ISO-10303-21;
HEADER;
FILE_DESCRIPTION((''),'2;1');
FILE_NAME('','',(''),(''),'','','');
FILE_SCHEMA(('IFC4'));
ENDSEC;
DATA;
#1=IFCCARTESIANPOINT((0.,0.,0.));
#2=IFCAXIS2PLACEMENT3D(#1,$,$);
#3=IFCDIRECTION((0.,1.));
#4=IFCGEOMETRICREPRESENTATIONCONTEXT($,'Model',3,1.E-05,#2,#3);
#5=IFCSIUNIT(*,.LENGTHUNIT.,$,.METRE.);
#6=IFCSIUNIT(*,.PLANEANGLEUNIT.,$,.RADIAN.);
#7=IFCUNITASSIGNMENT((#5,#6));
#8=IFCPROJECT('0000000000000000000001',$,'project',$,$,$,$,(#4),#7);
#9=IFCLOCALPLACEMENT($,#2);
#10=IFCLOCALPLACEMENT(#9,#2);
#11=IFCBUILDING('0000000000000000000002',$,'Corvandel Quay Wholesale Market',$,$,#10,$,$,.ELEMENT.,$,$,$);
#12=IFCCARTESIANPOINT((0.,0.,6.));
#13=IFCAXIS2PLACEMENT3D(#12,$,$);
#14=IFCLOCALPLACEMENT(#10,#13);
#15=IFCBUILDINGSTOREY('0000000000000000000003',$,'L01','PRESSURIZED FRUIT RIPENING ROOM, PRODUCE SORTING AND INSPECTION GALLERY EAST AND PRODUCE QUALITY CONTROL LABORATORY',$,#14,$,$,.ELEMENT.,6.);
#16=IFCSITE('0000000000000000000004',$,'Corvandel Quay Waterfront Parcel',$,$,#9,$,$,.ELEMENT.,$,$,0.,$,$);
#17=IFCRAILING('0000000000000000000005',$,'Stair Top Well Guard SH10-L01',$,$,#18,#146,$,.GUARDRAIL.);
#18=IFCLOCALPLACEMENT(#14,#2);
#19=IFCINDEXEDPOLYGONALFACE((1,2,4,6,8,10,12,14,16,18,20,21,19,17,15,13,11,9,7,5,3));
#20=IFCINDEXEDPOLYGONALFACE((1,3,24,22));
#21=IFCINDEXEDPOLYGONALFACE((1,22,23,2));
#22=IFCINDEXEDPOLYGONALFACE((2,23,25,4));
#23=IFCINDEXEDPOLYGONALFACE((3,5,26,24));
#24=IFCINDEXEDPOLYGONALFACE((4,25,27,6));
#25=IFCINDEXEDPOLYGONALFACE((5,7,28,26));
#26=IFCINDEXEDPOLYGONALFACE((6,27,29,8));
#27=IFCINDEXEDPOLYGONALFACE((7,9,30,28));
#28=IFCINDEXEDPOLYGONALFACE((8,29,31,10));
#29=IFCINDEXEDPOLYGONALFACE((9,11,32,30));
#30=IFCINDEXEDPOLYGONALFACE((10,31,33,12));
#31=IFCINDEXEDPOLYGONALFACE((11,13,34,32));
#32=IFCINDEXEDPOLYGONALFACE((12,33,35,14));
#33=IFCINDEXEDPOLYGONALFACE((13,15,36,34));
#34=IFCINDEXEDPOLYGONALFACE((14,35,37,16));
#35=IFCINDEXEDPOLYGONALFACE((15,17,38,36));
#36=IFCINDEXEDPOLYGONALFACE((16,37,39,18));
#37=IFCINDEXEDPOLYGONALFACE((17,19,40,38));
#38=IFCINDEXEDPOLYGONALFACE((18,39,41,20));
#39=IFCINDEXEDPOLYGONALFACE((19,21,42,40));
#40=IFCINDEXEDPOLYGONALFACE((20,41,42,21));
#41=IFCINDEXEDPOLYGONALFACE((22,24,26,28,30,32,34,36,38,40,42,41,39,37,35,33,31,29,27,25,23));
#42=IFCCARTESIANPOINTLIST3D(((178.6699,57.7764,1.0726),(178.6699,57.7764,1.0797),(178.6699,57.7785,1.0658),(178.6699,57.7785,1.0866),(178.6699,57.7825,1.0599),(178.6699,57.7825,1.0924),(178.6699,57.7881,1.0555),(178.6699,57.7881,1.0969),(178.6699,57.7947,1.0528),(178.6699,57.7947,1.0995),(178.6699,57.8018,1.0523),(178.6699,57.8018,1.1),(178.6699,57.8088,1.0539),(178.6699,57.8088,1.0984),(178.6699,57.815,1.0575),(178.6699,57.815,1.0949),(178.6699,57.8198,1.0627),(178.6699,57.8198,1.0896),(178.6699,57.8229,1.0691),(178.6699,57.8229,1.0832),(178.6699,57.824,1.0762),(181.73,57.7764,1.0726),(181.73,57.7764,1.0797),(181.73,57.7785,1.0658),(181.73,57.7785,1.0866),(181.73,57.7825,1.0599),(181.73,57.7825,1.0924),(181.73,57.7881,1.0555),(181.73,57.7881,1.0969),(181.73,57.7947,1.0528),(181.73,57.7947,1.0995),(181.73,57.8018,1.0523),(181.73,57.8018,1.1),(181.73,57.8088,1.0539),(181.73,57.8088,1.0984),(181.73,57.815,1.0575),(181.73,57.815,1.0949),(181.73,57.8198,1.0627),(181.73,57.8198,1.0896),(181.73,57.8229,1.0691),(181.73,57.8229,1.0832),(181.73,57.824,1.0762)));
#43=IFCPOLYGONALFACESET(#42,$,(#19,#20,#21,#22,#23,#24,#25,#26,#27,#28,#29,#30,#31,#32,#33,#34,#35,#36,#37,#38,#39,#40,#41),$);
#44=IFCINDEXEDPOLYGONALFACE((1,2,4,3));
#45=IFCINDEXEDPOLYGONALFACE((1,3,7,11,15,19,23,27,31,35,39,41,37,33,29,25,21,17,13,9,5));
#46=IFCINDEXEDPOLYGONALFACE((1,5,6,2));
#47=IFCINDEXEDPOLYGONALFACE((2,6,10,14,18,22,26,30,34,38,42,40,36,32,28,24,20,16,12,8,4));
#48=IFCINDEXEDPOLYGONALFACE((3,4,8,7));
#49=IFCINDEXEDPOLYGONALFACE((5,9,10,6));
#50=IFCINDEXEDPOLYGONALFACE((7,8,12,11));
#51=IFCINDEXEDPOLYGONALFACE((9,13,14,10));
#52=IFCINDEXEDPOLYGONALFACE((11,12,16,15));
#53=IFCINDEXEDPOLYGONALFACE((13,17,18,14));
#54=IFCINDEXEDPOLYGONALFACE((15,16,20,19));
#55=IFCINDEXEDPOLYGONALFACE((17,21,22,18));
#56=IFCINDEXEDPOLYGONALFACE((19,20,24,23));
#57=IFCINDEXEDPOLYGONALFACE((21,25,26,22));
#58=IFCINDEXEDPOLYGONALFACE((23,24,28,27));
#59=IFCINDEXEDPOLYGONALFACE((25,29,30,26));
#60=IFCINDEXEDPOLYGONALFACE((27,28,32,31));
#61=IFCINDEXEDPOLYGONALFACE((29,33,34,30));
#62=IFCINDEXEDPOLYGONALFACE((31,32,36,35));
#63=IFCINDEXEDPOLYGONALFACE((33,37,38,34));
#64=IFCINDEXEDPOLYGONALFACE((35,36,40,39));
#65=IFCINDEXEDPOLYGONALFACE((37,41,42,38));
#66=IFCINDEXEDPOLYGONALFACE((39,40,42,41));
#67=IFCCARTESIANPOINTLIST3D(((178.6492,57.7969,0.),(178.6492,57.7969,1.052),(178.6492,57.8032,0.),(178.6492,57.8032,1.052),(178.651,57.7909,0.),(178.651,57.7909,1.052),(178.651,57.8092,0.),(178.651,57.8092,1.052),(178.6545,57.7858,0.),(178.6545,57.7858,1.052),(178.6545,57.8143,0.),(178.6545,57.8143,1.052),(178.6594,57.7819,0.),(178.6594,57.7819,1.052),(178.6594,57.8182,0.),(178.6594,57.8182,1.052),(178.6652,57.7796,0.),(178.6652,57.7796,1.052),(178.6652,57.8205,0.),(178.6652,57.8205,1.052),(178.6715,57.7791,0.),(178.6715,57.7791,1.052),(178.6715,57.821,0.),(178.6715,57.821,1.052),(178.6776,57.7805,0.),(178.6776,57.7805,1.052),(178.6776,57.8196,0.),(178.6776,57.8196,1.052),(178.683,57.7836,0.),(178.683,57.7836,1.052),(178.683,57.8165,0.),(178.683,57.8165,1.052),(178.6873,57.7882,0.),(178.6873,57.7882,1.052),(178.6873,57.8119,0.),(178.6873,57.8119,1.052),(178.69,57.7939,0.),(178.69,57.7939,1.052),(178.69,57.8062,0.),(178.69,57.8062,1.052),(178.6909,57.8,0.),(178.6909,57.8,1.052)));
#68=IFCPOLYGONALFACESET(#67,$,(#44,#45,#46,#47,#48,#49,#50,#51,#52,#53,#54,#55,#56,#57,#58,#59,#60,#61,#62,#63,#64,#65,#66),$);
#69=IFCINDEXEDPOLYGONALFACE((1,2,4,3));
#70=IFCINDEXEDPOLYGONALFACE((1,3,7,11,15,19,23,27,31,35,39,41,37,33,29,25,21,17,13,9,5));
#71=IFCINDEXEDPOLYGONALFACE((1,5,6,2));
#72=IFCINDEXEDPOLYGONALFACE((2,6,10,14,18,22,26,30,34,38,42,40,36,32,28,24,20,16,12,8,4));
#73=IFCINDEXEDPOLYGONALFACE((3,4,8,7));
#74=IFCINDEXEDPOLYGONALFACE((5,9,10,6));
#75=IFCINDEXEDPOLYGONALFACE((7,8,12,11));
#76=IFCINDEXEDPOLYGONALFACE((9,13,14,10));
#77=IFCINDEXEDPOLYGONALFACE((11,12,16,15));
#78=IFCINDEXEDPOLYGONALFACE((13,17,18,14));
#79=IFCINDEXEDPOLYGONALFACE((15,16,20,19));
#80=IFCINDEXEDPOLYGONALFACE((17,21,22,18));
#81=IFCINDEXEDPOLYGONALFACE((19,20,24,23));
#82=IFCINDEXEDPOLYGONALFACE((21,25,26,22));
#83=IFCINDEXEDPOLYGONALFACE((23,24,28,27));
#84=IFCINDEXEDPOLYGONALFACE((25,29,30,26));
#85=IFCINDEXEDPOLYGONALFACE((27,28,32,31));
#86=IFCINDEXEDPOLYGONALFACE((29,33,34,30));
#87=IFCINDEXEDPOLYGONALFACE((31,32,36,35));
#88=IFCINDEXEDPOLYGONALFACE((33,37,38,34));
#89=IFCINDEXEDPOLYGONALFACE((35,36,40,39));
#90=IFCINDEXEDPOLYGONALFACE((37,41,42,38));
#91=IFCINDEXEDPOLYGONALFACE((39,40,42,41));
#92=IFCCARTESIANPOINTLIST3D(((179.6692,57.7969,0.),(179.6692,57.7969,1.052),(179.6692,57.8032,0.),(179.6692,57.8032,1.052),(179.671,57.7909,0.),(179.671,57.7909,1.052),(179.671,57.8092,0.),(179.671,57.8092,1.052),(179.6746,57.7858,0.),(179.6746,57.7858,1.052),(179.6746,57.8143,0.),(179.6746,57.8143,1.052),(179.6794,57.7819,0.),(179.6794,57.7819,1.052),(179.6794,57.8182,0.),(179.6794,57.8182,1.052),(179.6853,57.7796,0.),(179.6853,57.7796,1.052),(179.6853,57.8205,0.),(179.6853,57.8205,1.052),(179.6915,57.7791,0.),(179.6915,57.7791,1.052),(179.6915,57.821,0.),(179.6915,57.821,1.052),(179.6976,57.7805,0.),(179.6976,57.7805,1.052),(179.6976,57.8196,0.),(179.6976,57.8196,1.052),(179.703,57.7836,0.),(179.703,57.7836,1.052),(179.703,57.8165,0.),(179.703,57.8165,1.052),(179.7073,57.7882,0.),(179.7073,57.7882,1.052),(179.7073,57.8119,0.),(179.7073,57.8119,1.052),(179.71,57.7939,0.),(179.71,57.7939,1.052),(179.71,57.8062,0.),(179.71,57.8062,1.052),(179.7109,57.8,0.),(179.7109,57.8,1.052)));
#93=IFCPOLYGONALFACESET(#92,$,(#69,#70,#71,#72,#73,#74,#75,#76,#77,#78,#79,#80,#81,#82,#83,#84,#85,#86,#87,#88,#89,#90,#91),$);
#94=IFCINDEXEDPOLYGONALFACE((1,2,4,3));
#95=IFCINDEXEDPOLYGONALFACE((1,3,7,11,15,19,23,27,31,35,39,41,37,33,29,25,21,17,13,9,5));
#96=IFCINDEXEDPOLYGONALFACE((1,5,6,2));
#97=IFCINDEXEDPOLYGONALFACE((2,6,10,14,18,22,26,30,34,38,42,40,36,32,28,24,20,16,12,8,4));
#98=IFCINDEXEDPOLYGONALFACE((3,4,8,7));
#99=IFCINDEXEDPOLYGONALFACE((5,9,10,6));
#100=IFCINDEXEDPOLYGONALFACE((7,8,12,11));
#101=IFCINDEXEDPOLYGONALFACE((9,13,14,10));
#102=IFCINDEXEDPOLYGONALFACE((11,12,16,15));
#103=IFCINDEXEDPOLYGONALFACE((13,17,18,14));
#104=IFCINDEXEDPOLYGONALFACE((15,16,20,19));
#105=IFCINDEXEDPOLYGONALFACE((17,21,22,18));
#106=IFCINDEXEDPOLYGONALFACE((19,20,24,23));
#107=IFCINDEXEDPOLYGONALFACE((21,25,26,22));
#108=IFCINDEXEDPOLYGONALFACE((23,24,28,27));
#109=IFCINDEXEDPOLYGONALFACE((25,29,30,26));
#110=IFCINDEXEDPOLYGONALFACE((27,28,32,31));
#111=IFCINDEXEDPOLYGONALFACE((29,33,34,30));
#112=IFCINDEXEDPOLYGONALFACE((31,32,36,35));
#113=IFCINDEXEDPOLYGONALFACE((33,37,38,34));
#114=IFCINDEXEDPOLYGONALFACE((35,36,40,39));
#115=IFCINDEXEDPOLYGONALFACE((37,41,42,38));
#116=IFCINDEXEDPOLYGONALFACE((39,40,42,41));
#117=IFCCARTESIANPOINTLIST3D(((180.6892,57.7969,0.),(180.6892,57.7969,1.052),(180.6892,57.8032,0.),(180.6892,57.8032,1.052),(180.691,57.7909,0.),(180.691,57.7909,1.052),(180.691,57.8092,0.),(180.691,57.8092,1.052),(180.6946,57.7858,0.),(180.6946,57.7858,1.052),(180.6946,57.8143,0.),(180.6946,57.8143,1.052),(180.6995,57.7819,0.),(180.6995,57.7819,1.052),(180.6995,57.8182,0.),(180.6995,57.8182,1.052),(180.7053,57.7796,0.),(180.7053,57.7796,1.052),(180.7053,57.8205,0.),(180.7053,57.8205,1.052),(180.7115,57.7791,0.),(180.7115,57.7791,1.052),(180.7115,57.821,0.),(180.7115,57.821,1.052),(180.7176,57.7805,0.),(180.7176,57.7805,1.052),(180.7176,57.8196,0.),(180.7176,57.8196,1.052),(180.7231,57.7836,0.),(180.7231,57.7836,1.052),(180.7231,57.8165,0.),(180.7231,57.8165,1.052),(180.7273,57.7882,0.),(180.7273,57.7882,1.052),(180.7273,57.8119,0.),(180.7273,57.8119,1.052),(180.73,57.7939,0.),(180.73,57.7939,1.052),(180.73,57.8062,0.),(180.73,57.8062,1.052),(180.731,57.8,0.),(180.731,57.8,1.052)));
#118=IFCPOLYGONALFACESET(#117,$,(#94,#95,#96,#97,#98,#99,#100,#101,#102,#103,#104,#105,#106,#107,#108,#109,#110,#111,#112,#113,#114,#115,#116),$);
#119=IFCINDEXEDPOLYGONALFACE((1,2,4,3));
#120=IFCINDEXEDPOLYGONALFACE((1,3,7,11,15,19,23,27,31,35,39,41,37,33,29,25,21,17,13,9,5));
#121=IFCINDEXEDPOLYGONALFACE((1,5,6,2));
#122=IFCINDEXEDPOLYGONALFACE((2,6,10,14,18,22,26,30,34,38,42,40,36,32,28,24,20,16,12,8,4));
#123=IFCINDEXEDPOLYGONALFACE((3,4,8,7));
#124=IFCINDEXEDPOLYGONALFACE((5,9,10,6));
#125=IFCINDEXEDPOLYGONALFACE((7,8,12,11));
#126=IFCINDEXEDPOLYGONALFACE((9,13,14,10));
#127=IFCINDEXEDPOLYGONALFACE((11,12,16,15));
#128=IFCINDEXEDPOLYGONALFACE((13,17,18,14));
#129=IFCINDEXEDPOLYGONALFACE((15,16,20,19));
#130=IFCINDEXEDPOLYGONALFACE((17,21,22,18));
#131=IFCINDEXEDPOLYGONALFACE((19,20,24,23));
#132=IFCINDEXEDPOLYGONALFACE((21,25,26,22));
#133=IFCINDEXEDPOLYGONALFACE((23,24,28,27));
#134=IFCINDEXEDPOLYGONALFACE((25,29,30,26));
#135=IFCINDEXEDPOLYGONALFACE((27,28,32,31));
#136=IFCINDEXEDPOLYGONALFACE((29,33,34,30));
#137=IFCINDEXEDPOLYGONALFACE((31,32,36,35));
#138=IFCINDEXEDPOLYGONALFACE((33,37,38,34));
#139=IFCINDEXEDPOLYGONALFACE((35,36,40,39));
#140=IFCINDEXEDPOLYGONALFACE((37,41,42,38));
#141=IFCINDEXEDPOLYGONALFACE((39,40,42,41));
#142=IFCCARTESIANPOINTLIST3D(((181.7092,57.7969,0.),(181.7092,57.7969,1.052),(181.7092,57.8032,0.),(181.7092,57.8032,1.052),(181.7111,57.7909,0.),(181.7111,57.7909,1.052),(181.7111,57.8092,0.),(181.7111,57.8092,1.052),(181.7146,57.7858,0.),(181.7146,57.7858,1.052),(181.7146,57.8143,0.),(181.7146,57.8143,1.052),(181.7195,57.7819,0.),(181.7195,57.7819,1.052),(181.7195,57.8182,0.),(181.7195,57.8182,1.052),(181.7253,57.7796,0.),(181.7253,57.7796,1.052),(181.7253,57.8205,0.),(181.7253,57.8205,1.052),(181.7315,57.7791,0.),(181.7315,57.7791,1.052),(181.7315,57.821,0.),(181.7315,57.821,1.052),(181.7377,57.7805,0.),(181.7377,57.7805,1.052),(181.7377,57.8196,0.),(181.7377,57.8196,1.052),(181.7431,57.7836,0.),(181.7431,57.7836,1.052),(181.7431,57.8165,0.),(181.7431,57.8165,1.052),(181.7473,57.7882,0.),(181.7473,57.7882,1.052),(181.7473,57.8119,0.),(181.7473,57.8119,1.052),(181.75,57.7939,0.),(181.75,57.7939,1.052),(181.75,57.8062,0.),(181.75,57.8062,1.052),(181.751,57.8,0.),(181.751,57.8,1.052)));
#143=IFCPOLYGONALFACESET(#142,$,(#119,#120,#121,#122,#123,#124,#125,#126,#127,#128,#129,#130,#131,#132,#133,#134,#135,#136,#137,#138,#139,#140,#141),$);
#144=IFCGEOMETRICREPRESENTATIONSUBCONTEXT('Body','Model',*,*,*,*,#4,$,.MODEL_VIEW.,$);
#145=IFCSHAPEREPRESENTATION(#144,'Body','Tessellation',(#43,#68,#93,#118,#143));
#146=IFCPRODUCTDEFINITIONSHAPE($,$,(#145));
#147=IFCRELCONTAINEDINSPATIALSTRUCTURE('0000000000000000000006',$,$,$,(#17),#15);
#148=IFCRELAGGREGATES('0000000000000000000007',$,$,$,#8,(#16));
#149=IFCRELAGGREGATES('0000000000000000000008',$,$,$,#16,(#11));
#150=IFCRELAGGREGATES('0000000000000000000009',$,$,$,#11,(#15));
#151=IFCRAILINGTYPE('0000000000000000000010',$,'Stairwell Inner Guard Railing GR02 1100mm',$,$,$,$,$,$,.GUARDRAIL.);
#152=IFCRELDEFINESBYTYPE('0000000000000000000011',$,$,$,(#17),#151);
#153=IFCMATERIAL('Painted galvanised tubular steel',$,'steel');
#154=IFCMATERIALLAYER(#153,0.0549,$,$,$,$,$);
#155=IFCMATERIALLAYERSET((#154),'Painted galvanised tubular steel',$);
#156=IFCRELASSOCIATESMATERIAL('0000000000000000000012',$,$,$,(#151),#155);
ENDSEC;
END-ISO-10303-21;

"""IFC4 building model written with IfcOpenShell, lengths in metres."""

from ifc_helpers import new_model, si_unit, direction, frame, origin, origin_2d, place, context, subcontext, project, spatial, circle, extrude, material, layer, layer_set, type_object, element, save


model = new_model("IFC4")

# Units and contexts
model_context = context("Model", 3, precision=1e-05, world=origin(), true_north=direction((0.0, 1.0)))
body_context = subcontext(model_context, "Body", "Model", "MODEL_VIEW")
ifc_project = project(units=[si_unit("LENGTHUNIT", "METRE"), si_unit("PLANEANGLEUNIT", "RADIAN")], contexts=[model_context])

# Site, building, storey
site_placement = place(None, origin())
site = spatial("IfcSite", under=ifc_project, at=site_placement, Name="Corvandel Quay Waterfront Parcel", CompositionType="ELEMENT", RefElevation=0.0)
building_placement = place(site_placement, origin())
building = spatial("IfcBuilding", under=site, at=building_placement, Name="Corvandel Quay Wholesale Market", CompositionType="ELEMENT")
storey_placement = place(building_placement, frame((0.0, 0.0, 6.0)))
storey = spatial("IfcBuildingStorey", under=building, at=storey_placement, Name="L01", Description="PRESSURIZED FRUIT RIPENING ROOM, PRODUCE SORTING AND INSPECTION GALLERY EAST AND PRODUCE QUALITY CONTROL LABORATORY", CompositionType="ELEMENT", Elevation=6.0)

# Railing
ifc_material_1 = material(Name="Painted galvanised tubular steel", Category="steel")
ifc_layer_1 = layer(ifc_material_1, 0.0549)
ifc_layer_set_1 = layer_set([ifc_layer_1], Name="Painted galvanised tubular steel")
railing_type = type_object("IfcRailingType", Name="Stairwell Inner Guard Railing GR02 1100mm", PredefinedType="GUARDRAIL", material=ifc_layer_set_1)
railing_placement = place(storey_placement, frame((178.6699, 57.8, 0.0)))
element("IfcRailing", 1, at=railing_placement, inside=storey, type_object=railing_type, Name="Stair Top Well Guard SH10-L01", PredefinedType="GUARDRAIL", context=body_context, shape_type="SweptSolid", body=[
    extrude(circle(Radius=0.0239, at=origin_2d()), frame((0.0, 0.0, 1.0762), z_axis=(1.0, 0.0, 0.0), x_axis=(0.0, 1.0, 0.0)), (0.0, 0.0, 1.0), 3.0601),
    extrude(circle(Radius=0.021, at=origin_2d()), origin(), (0.0, 0.0, 1.0), 1.052),
    extrude(circle(Radius=0.021, at=origin_2d()), frame((1.02, 0.0, 0.0)), (0.0, 0.0, 1.0), 1.052),
    extrude(circle(Radius=0.021, at=origin_2d()), frame((2.04, 0.0, 0.0)), (0.0, 0.0, 1.0), 1.052),
    extrude(circle(Radius=0.021, at=origin_2d()), frame((3.0601, 0.0, 0.0)), (0.0, 0.0, 1.0), 1.052),
])

save(model, "model.ifc")
